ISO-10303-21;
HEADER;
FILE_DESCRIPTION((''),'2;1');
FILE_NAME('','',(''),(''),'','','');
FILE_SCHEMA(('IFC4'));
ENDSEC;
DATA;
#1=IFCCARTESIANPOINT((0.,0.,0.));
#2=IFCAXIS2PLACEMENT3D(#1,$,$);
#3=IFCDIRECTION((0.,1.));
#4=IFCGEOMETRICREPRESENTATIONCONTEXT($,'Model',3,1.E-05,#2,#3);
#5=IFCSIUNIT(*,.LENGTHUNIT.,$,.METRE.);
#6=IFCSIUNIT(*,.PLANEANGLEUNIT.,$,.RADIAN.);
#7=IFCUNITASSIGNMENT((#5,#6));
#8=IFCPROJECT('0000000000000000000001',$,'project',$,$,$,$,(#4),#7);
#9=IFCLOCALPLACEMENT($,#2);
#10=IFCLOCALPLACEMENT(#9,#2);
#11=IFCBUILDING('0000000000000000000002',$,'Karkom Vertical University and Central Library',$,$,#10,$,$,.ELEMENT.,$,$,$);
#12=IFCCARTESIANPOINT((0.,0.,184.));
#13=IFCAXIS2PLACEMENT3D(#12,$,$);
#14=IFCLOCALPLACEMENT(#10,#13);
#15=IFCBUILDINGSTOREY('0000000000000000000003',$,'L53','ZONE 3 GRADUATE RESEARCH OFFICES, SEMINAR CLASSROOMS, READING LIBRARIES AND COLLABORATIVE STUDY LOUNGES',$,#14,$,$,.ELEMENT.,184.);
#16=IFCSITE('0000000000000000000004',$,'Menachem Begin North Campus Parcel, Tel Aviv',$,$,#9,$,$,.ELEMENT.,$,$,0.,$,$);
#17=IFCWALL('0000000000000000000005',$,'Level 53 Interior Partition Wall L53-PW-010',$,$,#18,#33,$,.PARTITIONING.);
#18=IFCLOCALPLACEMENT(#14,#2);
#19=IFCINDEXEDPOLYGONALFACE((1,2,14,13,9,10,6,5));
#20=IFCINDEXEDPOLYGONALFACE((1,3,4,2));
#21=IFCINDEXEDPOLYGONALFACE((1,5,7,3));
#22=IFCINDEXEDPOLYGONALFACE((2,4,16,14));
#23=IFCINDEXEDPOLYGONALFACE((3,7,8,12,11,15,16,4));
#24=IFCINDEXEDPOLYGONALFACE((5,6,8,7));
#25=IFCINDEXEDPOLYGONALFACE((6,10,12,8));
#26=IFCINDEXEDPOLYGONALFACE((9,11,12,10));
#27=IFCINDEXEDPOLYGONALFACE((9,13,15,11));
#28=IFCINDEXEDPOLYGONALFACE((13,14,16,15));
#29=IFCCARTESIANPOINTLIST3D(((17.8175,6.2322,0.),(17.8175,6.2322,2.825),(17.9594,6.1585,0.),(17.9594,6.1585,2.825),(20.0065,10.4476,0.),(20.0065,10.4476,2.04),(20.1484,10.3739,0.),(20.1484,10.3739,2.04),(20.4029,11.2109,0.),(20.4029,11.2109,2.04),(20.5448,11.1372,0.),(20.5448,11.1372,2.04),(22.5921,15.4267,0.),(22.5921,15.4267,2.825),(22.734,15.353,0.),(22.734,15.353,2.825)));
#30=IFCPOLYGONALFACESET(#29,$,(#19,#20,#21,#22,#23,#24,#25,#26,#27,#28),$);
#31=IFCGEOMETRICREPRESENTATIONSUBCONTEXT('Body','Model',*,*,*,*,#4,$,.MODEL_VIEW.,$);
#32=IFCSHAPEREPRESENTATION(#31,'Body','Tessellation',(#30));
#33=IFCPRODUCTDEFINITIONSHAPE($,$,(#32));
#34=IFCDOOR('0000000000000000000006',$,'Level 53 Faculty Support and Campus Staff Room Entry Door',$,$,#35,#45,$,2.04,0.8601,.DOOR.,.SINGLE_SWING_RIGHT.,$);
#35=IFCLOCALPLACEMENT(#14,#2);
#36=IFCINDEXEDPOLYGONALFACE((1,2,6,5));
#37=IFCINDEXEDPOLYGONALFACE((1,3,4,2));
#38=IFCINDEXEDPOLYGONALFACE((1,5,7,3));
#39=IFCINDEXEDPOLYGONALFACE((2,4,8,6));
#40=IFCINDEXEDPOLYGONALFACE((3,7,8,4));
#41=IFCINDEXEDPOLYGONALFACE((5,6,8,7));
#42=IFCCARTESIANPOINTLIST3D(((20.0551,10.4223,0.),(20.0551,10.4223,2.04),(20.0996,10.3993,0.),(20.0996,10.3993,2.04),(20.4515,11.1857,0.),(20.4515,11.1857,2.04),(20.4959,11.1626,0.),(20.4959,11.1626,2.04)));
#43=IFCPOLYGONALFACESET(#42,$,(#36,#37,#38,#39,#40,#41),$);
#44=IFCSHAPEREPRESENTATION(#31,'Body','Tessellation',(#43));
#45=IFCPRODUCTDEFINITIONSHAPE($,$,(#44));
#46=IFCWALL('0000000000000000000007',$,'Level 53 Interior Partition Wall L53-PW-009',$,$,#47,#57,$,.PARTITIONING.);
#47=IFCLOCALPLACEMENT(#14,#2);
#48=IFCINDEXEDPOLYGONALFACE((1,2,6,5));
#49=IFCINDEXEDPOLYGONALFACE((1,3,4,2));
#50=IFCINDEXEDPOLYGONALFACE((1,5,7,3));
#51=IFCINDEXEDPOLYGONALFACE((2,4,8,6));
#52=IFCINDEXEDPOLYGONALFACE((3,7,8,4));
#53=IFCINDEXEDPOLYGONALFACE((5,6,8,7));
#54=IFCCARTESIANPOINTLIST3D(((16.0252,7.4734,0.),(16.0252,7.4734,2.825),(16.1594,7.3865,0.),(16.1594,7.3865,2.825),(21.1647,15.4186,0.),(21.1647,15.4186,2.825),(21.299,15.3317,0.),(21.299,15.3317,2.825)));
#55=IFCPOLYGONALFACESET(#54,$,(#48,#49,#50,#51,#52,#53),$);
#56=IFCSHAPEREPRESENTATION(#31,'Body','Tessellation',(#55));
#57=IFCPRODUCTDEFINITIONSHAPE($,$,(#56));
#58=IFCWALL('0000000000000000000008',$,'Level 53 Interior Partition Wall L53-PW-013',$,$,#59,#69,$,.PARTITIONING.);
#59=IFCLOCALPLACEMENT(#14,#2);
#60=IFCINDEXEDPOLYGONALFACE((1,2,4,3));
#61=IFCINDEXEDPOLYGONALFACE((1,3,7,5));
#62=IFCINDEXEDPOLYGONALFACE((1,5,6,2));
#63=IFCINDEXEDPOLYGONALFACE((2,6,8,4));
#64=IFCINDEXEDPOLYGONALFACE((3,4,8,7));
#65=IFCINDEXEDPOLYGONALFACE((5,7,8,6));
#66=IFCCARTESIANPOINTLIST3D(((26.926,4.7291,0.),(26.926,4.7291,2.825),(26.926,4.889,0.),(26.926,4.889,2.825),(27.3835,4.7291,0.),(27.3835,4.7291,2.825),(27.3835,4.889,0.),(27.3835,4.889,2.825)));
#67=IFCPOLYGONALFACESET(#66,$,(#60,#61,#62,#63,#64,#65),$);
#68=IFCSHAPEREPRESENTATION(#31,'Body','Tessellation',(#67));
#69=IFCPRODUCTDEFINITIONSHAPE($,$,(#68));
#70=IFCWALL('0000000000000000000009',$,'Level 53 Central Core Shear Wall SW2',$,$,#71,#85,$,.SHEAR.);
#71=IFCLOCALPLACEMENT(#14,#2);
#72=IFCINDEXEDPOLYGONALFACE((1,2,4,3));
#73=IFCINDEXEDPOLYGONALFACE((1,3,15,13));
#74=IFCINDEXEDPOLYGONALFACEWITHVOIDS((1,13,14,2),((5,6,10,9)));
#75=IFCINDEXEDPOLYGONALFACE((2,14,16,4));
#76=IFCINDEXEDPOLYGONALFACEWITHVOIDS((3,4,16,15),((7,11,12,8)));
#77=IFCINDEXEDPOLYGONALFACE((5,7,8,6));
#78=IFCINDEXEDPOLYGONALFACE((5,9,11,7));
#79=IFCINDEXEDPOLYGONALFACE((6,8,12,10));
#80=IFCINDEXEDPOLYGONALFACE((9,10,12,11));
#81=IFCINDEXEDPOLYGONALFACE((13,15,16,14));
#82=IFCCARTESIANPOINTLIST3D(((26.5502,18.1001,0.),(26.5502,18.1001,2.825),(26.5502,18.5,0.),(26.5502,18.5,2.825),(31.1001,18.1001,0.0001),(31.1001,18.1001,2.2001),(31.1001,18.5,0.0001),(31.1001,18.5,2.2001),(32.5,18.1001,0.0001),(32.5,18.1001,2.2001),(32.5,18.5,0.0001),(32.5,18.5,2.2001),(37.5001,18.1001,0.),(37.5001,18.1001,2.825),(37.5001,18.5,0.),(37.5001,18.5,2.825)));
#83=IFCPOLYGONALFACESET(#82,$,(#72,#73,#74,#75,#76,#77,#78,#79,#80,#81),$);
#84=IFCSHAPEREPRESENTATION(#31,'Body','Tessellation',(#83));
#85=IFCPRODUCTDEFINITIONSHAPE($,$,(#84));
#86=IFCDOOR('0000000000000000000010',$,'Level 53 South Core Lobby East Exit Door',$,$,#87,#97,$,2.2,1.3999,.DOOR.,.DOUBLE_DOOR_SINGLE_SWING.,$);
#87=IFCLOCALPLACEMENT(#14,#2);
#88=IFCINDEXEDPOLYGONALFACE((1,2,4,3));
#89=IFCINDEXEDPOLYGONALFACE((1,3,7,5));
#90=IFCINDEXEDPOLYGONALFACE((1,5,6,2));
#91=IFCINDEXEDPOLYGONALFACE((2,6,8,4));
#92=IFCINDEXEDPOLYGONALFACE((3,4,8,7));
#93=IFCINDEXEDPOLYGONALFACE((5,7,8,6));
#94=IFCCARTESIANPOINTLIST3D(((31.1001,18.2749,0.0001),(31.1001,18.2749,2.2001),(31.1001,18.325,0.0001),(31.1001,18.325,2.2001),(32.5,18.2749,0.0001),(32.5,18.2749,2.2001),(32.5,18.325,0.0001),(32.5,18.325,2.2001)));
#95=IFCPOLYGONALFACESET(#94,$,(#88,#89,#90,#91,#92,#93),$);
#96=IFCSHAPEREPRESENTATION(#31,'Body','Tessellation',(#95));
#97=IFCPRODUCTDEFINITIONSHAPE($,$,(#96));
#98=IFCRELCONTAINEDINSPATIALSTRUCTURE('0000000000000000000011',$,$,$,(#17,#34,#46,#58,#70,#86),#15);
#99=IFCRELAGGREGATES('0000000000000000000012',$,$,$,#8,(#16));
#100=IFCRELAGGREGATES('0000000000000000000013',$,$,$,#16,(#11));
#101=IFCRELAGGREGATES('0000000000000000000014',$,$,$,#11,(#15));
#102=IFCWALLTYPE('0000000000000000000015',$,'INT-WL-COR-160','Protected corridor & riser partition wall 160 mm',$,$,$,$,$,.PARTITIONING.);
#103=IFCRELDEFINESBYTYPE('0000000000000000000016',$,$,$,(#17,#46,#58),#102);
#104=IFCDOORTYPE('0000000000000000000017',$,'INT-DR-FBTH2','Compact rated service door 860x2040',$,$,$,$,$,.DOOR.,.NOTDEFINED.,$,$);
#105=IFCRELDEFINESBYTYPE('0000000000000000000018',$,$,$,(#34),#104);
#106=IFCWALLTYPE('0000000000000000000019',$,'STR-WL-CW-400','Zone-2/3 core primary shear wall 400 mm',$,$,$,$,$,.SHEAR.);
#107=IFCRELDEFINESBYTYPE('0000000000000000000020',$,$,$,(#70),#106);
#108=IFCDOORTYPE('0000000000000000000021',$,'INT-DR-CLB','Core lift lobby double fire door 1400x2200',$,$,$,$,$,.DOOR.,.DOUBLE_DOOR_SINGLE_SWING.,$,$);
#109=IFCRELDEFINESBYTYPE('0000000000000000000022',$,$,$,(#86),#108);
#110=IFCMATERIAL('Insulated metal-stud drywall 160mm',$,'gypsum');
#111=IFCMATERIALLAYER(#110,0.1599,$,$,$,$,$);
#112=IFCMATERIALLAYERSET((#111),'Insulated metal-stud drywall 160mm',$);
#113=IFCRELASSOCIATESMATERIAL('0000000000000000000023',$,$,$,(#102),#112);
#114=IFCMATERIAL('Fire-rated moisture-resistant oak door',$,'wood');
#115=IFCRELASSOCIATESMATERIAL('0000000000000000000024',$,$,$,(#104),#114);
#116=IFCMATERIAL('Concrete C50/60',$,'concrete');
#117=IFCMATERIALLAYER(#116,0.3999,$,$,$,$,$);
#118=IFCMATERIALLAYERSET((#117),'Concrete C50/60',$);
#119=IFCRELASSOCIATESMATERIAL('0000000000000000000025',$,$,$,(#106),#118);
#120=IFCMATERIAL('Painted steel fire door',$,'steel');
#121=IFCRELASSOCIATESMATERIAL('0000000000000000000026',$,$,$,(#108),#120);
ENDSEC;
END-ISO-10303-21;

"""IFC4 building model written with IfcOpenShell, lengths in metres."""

from ifc_helpers import new_model, si_unit, direction, frame, frame_2d, origin, origin_with_axes, place, context, subcontext, project, spatial, rectangle, extrude, source, transform, mapped, material, layer, layer_set, type_object, element, fill, save


model = new_model("IFC4")

# Units and contexts
model_context = context("Model", 3, precision=1e-05, world=origin(), true_north=direction((0.0, 1.0)))
body_context = subcontext(model_context, "Body", "Model", "MODEL_VIEW")
ifc_project = project(units=[si_unit("LENGTHUNIT", "METRE"), si_unit("PLANEANGLEUNIT", "RADIAN")], contexts=[model_context])

# Site, building, storey
site_placement = place(None, origin())
site = spatial("IfcSite", under=ifc_project, at=site_placement, Name="Menachem Begin North Campus Parcel, Tel Aviv", CompositionType="ELEMENT", RefElevation=0.0)
building_placement = place(site_placement, origin())
building = spatial("IfcBuilding", under=site, at=building_placement, Name="Karkom Vertical University and Central Library", CompositionType="ELEMENT")
storey_placement = place(building_placement, frame((0.0, 0.0, 184.0)))
storey = spatial("IfcBuildingStorey", under=building, at=storey_placement, Name="L53", Description="ZONE 3 GRADUATE RESEARCH OFFICES, SEMINAR CLASSROOMS, READING LIBRARIES AND COLLABORATIVE STUDY LOUNGES", CompositionType="ELEMENT", Elevation=184.0)

# Shared definitions
ifc_material_1 = material(Name="Concrete C50/60", Category="concrete")

# Shared definitions
ifc_material_2 = material(Name="Insulated metal-stud drywall 160mm", Category="gypsum")
ifc_layer_1 = layer(ifc_material_2, 0.1599)
ifc_layer_set_1 = layer_set([ifc_layer_1], Name="Insulated metal-stud drywall 160mm")
wall_type_1 = type_object("IfcWallType", Name="INT-WL-COR-160", Description="Protected corridor & riser partition wall 160 mm", PredefinedType="PARTITIONING", material=ifc_layer_set_1)

# Wall, opening, door
wall_1_placement = place(storey_placement, frame((22.6631, 15.3899, 0.0), z_axis=(0.0, 0.0, 1.0), x_axis=(-0.460857, -0.887474, 0.0)))
wall_1 = element("IfcWall", 1, at=wall_1_placement, inside=storey, type_object=wall_type_1, Name="Level 53 Interior Partition Wall L53-PW-010", PredefinedType="PARTITIONING", context=body_context, shape_type="SweptSolid", body=[
    extrude(rectangle(XDim=10.3604, YDim=0.1599, at=frame_2d((5.1802, 0.0))), origin(), (0.0, 0.0, 1.0), 2.825),
])
opening_1_placement = place(wall_1_placement, frame((4.7502, 0.0, 0.0)))
opening_1 = element("IfcOpeningElement", 2, at=opening_1_placement, cuts=wall_1, PredefinedType="OPENING", context=body_context, shape_type="SweptSolid", body=[
    extrude(rectangle(XDim=0.8601, YDim=2.04, at=frame_2d((0.4302, 1.02))), frame((0.0, 0.0898, 0.0), z_axis=(0.0, -1.0, 0.0), x_axis=(1.0, 0.0, 0.0)), (0.0, 0.0, 1.0), 0.1799),
])
ifc_material_3 = material(Name="Fire-rated moisture-resistant oak door", Category="wood")
door_type_1 = type_object("IfcDoorType", Name="INT-DR-FBTH2", Description="Compact rated service door 860x2040", OperationType="NOTDEFINED", PredefinedType="DOOR", material=ifc_material_3)
shared_shape_1 = source(origin_with_axes(), body_context, "Body", "SweptSolid", [
    extrude(rectangle(XDim=0.8601, YDim=2.04, at=frame_2d((0.4302, 1.02))), frame((0.0, 0.0249, 0.0), z_axis=(0.0, -1.0, 0.0), x_axis=(1.0, 0.0, 0.0)), (0.0, 0.0, 1.0), 0.05),
])
door_1_placement = place(opening_1_placement, origin())
door_1 = element("IfcDoor", 3, at=door_1_placement, inside=storey, type_object=door_type_1, Name="Level 53 Faculty Support and Campus Staff Room Entry Door", OperationType="SINGLE_SWING_RIGHT", OverallHeight=2.04, OverallWidth=0.8601, PredefinedType="DOOR", context=body_context, shape_type="MappedRepresentation", body=[
    mapped(shared_shape_1, transform((0.0, 0.0, 0.0), scale=1.0)),
])
fill(opening_1, door_1)

# Walls
wall_2_placement = place(storey_placement, frame((21.2319, 15.3752, 0.0), z_axis=(0.0, 0.0, 1.0), x_axis=(-0.543144, -0.839639, 0.0)))
element("IfcWall", 4, at=wall_2_placement, inside=storey, type_object=wall_type_1, Name="Level 53 Interior Partition Wall L53-PW-009", PredefinedType="PARTITIONING", context=body_context, shape_type="SweptSolid", body=[
    extrude(rectangle(XDim=9.4626, YDim=0.1599, at=frame_2d((4.7314, 0.0))), origin(), (0.0, 0.0, 1.0), 2.825),
])
wall_3_placement = place(storey_placement, frame((26.926, 4.8091, 0.0), z_axis=(0.0, 0.0, 1.0), x_axis=(1.0, 0.0, 0.0)))
element("IfcWall", 5, at=wall_3_placement, inside=storey, type_object=wall_type_1, Name="Level 53 Interior Partition Wall L53-PW-013", PredefinedType="PARTITIONING", context=body_context, shape_type="SweptSolid", body=[
    extrude(rectangle(XDim=0.4575, YDim=0.1599, at=frame_2d((0.2288, 0.0))), origin(), (0.0, 0.0, 1.0), 2.825),
])

# Wall, opening, door
ifc_layer_2 = layer(ifc_material_1, 0.3999)
ifc_layer_set_2 = layer_set([ifc_layer_2], Name="Concrete C50/60")
wall_type_2 = type_object("IfcWallType", Name="STR-WL-CW-400", Description="Zone-2/3 core primary shear wall 400 mm", PredefinedType="SHEAR", material=ifc_layer_set_2)
wall_4_placement = place(storey_placement, frame((26.55, 18.3, 0.0), z_axis=(0.0, 0.0, 1.0), x_axis=(1.0, 0.0, 0.0)))
wall_4 = element("IfcWall", 6, at=wall_4_placement, inside=storey, type_object=wall_type_2, Name="Level 53 Central Core Shear Wall SW2", PredefinedType="SHEAR", context=body_context, shape_type="SweptSolid", body=[
    extrude(rectangle(XDim=10.95, YDim=0.3999, at=frame_2d((5.4751, 0.0))), origin(), (0.0, 0.0, 1.0), 2.825),
])
opening_2_placement = place(wall_4_placement, frame((4.55, 0.0, 0.0)))
opening_2 = element("IfcOpeningElement", 7, at=opening_2_placement, cuts=wall_4, PredefinedType="OPENING", context=body_context, shape_type="SweptSolid", body=[
    extrude(rectangle(XDim=1.3999, YDim=2.2, at=frame_2d((0.7, 1.1001))), frame((0.0, 0.21, 0.0), z_axis=(0.0, -1.0, 0.0), x_axis=(1.0, 0.0, 0.0)), (0.0, 0.0, 1.0), 0.4199),
])
ifc_material_4 = material(Name="Painted steel fire door", Category="steel")
door_type_2 = type_object("IfcDoorType", Name="INT-DR-CLB", Description="Core lift lobby double fire door 1400x2200", OperationType="DOUBLE_DOOR_SINGLE_SWING", PredefinedType="DOOR", material=ifc_material_4)
shared_shape_2 = source(origin_with_axes(), body_context, "Body", "SweptSolid", [
    extrude(rectangle(XDim=1.3999, YDim=2.2, at=frame_2d((0.7, 1.1001))), frame((0.0, 0.0249, 0.0), z_axis=(0.0, -1.0, 0.0), x_axis=(1.0, 0.0, 0.0)), (0.0, 0.0, 1.0), 0.05),
])
door_2_placement = place(opening_2_placement, origin())
door_2 = element("IfcDoor", 8, at=door_2_placement, inside=storey, type_object=door_type_2, Name="Level 53 South Core Lobby East Exit Door", OperationType="DOUBLE_DOOR_SINGLE_SWING", OverallHeight=2.2, OverallWidth=1.3999, PredefinedType="DOOR", context=body_context, shape_type="MappedRepresentation", body=[
    mapped(shared_shape_2, transform((0.0, 0.0, 0.0), scale=1.0)),
])
fill(opening_2, door_2)

save(model, "model.ifc")
